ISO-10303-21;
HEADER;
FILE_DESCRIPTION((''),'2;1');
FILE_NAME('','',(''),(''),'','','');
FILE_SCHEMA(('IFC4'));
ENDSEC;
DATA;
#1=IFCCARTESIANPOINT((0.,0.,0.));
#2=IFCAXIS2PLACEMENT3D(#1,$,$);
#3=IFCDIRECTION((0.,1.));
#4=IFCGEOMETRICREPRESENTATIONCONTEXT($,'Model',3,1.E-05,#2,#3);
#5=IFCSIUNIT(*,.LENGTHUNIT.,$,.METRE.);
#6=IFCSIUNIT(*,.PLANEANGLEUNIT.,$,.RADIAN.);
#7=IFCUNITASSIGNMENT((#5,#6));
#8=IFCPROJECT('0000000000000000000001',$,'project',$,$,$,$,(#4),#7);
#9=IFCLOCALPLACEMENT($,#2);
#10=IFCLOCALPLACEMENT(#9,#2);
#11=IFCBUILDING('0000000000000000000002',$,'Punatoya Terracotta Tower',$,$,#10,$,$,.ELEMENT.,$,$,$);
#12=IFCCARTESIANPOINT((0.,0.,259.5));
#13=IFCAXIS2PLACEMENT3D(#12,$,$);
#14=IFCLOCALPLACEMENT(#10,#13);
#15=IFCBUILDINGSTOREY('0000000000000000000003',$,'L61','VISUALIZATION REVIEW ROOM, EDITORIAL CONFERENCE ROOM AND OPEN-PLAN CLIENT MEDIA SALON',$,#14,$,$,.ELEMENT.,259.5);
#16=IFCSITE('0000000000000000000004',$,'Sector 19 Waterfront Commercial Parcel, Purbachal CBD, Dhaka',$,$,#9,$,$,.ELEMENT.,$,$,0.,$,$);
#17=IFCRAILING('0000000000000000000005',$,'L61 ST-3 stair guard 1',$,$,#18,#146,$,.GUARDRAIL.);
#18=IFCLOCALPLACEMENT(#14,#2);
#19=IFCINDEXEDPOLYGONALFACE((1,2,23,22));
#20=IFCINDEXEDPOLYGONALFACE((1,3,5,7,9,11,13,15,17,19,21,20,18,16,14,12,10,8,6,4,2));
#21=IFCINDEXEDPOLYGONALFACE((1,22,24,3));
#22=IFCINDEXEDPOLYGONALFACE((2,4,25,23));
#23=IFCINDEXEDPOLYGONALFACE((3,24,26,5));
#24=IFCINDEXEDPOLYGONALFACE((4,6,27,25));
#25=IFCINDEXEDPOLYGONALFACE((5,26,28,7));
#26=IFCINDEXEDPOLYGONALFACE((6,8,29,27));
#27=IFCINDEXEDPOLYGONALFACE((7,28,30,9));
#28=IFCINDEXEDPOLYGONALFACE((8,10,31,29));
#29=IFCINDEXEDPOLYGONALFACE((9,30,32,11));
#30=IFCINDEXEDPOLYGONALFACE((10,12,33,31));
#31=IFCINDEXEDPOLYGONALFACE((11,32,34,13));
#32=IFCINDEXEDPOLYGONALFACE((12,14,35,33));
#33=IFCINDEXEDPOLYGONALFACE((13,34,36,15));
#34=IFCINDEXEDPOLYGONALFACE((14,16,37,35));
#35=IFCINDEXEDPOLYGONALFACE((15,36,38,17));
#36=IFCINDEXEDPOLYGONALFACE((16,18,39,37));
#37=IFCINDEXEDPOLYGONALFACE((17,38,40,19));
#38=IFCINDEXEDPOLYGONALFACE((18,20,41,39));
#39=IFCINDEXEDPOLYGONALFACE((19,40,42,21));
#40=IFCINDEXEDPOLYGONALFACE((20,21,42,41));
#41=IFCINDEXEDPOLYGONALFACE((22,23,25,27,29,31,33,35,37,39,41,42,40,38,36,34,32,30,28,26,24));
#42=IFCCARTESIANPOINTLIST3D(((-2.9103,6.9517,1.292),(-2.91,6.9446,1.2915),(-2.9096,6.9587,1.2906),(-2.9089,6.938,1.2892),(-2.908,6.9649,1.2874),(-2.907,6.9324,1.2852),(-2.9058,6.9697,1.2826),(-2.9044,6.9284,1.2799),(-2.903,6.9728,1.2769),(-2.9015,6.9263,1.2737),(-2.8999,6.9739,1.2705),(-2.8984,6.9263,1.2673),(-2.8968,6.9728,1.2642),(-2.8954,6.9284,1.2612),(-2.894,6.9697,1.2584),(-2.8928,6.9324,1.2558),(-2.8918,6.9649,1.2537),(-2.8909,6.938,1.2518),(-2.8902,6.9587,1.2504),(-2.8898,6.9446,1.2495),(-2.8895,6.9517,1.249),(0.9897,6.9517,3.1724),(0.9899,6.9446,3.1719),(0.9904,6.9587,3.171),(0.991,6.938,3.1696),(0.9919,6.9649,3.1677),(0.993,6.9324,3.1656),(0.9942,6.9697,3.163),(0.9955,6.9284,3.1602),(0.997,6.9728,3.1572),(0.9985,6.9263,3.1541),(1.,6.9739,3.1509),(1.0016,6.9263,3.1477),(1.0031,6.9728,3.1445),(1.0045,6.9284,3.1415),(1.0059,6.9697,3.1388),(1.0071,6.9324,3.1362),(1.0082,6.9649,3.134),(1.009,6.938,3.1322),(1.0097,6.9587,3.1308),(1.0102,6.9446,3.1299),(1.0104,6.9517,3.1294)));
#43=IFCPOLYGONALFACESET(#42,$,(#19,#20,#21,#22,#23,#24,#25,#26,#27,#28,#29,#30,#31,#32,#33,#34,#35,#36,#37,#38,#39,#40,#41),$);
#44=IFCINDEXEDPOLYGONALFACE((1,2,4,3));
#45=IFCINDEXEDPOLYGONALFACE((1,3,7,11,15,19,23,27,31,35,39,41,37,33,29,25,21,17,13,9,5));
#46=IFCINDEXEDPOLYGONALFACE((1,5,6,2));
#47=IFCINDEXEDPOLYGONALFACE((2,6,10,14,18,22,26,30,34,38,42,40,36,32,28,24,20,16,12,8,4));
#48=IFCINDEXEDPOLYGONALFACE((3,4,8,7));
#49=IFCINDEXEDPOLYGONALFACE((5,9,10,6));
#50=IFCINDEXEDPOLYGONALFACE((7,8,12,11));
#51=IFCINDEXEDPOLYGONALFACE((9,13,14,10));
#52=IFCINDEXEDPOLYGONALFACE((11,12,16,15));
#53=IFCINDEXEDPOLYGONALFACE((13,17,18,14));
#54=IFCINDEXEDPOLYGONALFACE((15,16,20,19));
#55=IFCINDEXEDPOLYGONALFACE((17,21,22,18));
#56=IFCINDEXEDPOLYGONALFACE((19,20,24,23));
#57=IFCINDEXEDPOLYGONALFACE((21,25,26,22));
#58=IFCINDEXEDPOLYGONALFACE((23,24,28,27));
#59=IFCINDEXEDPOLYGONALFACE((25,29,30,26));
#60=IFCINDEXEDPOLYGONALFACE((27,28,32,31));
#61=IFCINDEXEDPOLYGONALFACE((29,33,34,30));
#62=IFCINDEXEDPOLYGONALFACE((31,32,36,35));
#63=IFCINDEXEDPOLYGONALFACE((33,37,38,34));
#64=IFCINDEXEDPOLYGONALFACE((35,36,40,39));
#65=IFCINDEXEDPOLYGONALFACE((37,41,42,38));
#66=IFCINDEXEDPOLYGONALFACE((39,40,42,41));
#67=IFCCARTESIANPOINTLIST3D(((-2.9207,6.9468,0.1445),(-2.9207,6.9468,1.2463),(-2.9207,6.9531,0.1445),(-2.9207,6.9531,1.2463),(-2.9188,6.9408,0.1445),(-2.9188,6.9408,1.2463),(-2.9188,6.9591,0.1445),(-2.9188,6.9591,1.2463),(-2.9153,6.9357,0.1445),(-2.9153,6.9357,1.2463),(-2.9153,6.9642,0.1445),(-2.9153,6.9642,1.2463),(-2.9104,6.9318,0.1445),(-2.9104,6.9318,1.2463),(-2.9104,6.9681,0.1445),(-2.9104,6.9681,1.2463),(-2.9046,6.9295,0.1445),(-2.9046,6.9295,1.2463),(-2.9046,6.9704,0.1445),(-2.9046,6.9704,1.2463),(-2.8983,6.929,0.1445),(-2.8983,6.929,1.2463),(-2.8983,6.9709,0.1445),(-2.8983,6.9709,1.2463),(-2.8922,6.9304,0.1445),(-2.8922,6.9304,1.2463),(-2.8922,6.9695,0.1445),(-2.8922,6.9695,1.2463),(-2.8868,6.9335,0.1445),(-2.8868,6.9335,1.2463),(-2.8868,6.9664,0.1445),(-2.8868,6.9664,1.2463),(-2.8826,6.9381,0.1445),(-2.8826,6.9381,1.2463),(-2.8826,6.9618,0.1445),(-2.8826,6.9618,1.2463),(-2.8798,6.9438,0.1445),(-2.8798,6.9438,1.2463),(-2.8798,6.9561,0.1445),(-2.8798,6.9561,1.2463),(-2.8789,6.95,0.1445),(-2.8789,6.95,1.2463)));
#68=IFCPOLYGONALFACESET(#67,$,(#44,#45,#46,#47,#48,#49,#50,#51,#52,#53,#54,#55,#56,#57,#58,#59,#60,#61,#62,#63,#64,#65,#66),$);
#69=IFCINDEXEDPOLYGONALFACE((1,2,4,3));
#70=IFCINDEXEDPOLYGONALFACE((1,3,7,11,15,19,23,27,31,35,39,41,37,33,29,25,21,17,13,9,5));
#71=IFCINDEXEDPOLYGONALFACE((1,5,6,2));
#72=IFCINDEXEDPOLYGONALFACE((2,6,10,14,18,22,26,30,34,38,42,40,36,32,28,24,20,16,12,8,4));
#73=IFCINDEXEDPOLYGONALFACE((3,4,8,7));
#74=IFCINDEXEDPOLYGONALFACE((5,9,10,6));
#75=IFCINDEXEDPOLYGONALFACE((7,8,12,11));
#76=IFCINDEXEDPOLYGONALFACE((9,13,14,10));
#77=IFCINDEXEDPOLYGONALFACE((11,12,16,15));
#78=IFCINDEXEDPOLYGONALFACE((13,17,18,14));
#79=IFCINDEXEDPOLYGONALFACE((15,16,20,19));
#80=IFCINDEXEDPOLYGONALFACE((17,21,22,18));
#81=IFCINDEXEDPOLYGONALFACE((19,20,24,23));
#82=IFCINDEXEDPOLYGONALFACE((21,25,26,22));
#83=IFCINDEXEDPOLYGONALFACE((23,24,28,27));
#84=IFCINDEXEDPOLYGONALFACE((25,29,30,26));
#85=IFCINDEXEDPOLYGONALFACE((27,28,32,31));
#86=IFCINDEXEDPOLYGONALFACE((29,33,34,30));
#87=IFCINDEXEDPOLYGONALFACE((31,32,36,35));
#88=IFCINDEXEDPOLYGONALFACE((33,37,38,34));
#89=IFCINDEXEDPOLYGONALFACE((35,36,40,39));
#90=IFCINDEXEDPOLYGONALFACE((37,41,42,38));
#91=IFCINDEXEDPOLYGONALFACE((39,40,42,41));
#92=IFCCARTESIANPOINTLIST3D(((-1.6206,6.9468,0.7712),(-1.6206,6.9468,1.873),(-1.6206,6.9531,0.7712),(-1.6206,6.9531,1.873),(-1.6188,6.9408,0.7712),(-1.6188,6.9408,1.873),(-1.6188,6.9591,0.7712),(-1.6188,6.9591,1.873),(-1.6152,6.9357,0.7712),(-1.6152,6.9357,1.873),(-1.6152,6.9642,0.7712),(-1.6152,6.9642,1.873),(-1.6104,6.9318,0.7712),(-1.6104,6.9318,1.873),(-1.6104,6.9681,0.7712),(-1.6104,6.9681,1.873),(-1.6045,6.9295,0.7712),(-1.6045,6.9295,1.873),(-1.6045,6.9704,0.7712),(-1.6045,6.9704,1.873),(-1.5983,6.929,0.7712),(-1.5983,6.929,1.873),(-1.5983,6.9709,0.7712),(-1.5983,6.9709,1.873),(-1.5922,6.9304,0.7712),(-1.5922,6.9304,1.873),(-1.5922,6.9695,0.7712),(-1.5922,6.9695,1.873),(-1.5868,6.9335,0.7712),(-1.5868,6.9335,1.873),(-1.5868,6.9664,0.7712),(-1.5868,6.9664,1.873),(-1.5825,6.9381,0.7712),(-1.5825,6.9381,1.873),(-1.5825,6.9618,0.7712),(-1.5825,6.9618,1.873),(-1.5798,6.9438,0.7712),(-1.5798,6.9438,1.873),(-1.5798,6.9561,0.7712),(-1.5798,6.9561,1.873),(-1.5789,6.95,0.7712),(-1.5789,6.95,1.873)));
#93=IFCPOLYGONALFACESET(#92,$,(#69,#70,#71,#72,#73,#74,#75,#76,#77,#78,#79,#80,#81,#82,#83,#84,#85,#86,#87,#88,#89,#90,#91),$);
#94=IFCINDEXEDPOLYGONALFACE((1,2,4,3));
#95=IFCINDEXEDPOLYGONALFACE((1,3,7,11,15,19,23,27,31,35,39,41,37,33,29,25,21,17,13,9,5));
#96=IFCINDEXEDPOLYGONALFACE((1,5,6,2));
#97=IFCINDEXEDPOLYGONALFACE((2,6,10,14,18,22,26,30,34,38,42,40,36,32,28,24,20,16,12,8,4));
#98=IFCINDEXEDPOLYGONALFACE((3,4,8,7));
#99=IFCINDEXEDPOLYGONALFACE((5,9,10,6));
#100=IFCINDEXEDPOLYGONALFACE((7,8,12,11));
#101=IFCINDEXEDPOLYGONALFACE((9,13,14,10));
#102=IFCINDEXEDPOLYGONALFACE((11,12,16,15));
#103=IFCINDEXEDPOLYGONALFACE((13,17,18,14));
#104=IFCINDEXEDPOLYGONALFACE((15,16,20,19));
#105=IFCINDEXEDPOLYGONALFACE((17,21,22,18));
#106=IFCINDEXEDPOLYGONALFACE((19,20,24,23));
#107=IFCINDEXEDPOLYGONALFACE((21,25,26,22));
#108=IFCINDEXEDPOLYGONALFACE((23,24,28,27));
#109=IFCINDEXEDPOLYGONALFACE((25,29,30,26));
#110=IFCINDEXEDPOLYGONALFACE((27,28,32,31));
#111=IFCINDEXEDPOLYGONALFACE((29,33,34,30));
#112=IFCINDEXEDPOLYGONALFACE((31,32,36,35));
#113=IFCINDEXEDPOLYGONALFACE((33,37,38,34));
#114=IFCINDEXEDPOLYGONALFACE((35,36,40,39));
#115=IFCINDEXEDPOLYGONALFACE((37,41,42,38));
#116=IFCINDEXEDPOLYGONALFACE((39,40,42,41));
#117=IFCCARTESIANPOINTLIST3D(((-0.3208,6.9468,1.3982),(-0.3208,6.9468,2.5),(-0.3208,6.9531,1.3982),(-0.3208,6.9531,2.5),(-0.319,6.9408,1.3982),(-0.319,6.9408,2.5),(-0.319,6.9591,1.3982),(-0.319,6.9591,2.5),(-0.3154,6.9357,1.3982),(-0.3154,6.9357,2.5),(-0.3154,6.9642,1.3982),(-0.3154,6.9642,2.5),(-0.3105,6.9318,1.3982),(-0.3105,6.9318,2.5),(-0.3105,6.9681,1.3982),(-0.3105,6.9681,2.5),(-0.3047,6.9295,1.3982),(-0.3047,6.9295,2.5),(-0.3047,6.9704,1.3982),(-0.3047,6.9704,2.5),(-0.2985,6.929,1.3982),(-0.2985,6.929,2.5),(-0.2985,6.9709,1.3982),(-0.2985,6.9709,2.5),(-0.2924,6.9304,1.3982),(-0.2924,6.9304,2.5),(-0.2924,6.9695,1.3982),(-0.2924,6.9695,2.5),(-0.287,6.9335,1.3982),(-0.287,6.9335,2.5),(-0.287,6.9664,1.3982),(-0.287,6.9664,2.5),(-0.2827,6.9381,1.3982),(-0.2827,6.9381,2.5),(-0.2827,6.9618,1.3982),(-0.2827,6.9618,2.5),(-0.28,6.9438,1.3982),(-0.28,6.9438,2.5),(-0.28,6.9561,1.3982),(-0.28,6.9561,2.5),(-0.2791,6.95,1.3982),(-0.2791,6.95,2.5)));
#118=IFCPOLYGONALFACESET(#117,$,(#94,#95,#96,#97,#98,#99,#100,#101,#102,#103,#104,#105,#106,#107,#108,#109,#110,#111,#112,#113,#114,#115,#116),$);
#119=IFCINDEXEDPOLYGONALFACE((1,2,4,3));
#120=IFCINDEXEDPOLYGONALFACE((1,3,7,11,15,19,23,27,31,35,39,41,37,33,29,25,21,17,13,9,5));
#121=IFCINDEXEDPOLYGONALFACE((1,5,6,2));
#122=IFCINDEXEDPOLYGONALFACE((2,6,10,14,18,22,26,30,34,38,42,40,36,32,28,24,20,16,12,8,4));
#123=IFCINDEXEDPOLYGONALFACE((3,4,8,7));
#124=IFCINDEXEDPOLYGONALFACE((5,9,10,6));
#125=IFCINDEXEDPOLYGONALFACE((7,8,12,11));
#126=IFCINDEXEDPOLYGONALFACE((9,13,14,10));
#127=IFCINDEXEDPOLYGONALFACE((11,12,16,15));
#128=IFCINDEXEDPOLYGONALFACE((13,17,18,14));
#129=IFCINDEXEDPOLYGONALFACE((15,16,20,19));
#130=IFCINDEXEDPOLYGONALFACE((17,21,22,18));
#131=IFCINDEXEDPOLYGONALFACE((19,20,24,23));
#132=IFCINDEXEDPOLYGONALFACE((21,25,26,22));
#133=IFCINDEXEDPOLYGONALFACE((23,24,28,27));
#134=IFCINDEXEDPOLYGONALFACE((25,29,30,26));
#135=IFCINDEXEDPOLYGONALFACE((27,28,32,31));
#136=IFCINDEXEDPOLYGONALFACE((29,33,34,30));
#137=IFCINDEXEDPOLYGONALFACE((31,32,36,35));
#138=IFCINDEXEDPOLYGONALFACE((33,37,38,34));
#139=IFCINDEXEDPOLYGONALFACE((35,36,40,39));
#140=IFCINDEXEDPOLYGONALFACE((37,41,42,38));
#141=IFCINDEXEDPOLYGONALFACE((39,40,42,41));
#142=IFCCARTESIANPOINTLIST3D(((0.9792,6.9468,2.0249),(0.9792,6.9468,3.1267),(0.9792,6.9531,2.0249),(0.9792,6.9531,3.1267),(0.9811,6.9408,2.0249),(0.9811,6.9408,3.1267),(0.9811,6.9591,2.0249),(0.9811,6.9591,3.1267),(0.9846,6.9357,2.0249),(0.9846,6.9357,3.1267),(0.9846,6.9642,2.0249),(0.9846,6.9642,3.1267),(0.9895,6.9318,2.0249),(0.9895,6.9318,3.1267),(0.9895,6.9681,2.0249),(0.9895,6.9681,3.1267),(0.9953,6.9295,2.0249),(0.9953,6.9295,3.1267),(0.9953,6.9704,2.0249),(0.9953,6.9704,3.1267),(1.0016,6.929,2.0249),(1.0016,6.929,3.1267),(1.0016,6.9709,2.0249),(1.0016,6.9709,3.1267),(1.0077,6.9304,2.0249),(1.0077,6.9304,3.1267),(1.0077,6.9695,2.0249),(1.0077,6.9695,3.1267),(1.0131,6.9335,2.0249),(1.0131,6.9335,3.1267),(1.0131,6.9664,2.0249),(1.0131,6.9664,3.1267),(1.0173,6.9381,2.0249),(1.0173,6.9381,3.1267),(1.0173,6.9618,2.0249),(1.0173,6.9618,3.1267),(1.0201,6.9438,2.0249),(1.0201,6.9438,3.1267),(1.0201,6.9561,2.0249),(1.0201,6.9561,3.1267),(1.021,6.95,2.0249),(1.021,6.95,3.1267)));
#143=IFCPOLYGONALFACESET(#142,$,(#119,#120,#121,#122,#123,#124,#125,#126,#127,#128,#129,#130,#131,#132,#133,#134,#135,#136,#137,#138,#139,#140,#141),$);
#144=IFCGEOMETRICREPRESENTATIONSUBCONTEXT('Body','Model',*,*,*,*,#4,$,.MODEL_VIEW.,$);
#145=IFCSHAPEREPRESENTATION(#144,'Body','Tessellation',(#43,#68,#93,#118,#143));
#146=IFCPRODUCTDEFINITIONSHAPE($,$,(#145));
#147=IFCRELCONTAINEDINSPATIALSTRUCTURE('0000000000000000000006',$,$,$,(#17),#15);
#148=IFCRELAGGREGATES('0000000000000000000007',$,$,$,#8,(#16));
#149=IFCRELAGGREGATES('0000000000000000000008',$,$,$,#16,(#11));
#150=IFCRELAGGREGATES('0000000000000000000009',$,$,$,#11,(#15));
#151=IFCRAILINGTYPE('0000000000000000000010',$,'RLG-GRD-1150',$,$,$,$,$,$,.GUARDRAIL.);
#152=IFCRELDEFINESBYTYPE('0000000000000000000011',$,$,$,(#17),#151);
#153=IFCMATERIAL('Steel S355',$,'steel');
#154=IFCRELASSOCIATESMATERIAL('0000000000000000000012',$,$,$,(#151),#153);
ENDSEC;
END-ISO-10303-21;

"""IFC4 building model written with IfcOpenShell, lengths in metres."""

from ifc_helpers import new_model, si_unit, direction, frame, origin, origin_2d, place, context, subcontext, project, spatial, circle, extrude, material, type_object, element, save


model = new_model("IFC4")

# Units and contexts
model_context = context("Model", 3, precision=1e-05, world=origin(), true_north=direction((0.0, 1.0)))
body_context = subcontext(model_context, "Body", "Model", "MODEL_VIEW")
ifc_project = project(units=[si_unit("LENGTHUNIT", "METRE"), si_unit("PLANEANGLEUNIT", "RADIAN")], contexts=[model_context])

# Site, building, storey
site_placement = place(None, origin())
site = spatial("IfcSite", under=ifc_project, at=site_placement, Name="Sector 19 Waterfront Commercial Parcel, Purbachal CBD, Dhaka", CompositionType="ELEMENT", RefElevation=0.0)
building_placement = place(site_placement, origin())
building = spatial("IfcBuilding", under=site, at=building_placement, Name="Punatoya Terracotta Tower", CompositionType="ELEMENT")
storey_placement = place(building_placement, frame((0.0, 0.0, 259.5)))
storey = spatial("IfcBuildingStorey", under=building, at=storey_placement, Name="L61", Description="VISUALIZATION REVIEW ROOM, EDITORIAL CONFERENCE ROOM AND OPEN-PLAN CLIENT MEDIA SALON", CompositionType="ELEMENT", Elevation=259.5)

# Shared definitions
ifc_material_1 = material(Name="Steel S355", Category="steel")

# Railing
railing_type_1 = type_object("IfcRailingType", Name="RLG-GRD-1150", PredefinedType="GUARDRAIL", material=ifc_material_1)
railing_1_placement = place(storey_placement, frame((-2.8999, 6.95, 0.1445)))
element("IfcRailing", 1, at=railing_1_placement, inside=storey, type_object=railing_type_1, Name="L61 ST-3 stair guard 1", PredefinedType="GUARDRAIL", context=body_context, shape_type="SweptSolid", body=[
    extrude(circle(Radius=0.0239, at=origin_2d()), frame((0.0, 0.0, 1.126), z_axis=(0.900763, 0.0, 0.434311), x_axis=(0.0, 1.0, 0.0)), (0.0, 0.0, 1.0), 4.3296),
    extrude(circle(Radius=0.021, at=origin_2d()), origin(), (0.0, 0.0, 1.0), 1.1018),
    extrude(circle(Radius=0.021, at=origin_2d()), frame((1.3, 0.0, 0.6267)), (0.0, 0.0, 1.0), 1.1018),
    extrude(circle(Radius=0.021, at=origin_2d()), frame((2.5999, 0.0, 1.2537)), (0.0, 0.0, 1.0), 1.1018),
    extrude(circle(Radius=0.021, at=origin_2d()), frame((3.8999, 0.0, 1.8804)), (0.0, 0.0, 1.0), 1.1018),
])

save(model, "model.ifc")
